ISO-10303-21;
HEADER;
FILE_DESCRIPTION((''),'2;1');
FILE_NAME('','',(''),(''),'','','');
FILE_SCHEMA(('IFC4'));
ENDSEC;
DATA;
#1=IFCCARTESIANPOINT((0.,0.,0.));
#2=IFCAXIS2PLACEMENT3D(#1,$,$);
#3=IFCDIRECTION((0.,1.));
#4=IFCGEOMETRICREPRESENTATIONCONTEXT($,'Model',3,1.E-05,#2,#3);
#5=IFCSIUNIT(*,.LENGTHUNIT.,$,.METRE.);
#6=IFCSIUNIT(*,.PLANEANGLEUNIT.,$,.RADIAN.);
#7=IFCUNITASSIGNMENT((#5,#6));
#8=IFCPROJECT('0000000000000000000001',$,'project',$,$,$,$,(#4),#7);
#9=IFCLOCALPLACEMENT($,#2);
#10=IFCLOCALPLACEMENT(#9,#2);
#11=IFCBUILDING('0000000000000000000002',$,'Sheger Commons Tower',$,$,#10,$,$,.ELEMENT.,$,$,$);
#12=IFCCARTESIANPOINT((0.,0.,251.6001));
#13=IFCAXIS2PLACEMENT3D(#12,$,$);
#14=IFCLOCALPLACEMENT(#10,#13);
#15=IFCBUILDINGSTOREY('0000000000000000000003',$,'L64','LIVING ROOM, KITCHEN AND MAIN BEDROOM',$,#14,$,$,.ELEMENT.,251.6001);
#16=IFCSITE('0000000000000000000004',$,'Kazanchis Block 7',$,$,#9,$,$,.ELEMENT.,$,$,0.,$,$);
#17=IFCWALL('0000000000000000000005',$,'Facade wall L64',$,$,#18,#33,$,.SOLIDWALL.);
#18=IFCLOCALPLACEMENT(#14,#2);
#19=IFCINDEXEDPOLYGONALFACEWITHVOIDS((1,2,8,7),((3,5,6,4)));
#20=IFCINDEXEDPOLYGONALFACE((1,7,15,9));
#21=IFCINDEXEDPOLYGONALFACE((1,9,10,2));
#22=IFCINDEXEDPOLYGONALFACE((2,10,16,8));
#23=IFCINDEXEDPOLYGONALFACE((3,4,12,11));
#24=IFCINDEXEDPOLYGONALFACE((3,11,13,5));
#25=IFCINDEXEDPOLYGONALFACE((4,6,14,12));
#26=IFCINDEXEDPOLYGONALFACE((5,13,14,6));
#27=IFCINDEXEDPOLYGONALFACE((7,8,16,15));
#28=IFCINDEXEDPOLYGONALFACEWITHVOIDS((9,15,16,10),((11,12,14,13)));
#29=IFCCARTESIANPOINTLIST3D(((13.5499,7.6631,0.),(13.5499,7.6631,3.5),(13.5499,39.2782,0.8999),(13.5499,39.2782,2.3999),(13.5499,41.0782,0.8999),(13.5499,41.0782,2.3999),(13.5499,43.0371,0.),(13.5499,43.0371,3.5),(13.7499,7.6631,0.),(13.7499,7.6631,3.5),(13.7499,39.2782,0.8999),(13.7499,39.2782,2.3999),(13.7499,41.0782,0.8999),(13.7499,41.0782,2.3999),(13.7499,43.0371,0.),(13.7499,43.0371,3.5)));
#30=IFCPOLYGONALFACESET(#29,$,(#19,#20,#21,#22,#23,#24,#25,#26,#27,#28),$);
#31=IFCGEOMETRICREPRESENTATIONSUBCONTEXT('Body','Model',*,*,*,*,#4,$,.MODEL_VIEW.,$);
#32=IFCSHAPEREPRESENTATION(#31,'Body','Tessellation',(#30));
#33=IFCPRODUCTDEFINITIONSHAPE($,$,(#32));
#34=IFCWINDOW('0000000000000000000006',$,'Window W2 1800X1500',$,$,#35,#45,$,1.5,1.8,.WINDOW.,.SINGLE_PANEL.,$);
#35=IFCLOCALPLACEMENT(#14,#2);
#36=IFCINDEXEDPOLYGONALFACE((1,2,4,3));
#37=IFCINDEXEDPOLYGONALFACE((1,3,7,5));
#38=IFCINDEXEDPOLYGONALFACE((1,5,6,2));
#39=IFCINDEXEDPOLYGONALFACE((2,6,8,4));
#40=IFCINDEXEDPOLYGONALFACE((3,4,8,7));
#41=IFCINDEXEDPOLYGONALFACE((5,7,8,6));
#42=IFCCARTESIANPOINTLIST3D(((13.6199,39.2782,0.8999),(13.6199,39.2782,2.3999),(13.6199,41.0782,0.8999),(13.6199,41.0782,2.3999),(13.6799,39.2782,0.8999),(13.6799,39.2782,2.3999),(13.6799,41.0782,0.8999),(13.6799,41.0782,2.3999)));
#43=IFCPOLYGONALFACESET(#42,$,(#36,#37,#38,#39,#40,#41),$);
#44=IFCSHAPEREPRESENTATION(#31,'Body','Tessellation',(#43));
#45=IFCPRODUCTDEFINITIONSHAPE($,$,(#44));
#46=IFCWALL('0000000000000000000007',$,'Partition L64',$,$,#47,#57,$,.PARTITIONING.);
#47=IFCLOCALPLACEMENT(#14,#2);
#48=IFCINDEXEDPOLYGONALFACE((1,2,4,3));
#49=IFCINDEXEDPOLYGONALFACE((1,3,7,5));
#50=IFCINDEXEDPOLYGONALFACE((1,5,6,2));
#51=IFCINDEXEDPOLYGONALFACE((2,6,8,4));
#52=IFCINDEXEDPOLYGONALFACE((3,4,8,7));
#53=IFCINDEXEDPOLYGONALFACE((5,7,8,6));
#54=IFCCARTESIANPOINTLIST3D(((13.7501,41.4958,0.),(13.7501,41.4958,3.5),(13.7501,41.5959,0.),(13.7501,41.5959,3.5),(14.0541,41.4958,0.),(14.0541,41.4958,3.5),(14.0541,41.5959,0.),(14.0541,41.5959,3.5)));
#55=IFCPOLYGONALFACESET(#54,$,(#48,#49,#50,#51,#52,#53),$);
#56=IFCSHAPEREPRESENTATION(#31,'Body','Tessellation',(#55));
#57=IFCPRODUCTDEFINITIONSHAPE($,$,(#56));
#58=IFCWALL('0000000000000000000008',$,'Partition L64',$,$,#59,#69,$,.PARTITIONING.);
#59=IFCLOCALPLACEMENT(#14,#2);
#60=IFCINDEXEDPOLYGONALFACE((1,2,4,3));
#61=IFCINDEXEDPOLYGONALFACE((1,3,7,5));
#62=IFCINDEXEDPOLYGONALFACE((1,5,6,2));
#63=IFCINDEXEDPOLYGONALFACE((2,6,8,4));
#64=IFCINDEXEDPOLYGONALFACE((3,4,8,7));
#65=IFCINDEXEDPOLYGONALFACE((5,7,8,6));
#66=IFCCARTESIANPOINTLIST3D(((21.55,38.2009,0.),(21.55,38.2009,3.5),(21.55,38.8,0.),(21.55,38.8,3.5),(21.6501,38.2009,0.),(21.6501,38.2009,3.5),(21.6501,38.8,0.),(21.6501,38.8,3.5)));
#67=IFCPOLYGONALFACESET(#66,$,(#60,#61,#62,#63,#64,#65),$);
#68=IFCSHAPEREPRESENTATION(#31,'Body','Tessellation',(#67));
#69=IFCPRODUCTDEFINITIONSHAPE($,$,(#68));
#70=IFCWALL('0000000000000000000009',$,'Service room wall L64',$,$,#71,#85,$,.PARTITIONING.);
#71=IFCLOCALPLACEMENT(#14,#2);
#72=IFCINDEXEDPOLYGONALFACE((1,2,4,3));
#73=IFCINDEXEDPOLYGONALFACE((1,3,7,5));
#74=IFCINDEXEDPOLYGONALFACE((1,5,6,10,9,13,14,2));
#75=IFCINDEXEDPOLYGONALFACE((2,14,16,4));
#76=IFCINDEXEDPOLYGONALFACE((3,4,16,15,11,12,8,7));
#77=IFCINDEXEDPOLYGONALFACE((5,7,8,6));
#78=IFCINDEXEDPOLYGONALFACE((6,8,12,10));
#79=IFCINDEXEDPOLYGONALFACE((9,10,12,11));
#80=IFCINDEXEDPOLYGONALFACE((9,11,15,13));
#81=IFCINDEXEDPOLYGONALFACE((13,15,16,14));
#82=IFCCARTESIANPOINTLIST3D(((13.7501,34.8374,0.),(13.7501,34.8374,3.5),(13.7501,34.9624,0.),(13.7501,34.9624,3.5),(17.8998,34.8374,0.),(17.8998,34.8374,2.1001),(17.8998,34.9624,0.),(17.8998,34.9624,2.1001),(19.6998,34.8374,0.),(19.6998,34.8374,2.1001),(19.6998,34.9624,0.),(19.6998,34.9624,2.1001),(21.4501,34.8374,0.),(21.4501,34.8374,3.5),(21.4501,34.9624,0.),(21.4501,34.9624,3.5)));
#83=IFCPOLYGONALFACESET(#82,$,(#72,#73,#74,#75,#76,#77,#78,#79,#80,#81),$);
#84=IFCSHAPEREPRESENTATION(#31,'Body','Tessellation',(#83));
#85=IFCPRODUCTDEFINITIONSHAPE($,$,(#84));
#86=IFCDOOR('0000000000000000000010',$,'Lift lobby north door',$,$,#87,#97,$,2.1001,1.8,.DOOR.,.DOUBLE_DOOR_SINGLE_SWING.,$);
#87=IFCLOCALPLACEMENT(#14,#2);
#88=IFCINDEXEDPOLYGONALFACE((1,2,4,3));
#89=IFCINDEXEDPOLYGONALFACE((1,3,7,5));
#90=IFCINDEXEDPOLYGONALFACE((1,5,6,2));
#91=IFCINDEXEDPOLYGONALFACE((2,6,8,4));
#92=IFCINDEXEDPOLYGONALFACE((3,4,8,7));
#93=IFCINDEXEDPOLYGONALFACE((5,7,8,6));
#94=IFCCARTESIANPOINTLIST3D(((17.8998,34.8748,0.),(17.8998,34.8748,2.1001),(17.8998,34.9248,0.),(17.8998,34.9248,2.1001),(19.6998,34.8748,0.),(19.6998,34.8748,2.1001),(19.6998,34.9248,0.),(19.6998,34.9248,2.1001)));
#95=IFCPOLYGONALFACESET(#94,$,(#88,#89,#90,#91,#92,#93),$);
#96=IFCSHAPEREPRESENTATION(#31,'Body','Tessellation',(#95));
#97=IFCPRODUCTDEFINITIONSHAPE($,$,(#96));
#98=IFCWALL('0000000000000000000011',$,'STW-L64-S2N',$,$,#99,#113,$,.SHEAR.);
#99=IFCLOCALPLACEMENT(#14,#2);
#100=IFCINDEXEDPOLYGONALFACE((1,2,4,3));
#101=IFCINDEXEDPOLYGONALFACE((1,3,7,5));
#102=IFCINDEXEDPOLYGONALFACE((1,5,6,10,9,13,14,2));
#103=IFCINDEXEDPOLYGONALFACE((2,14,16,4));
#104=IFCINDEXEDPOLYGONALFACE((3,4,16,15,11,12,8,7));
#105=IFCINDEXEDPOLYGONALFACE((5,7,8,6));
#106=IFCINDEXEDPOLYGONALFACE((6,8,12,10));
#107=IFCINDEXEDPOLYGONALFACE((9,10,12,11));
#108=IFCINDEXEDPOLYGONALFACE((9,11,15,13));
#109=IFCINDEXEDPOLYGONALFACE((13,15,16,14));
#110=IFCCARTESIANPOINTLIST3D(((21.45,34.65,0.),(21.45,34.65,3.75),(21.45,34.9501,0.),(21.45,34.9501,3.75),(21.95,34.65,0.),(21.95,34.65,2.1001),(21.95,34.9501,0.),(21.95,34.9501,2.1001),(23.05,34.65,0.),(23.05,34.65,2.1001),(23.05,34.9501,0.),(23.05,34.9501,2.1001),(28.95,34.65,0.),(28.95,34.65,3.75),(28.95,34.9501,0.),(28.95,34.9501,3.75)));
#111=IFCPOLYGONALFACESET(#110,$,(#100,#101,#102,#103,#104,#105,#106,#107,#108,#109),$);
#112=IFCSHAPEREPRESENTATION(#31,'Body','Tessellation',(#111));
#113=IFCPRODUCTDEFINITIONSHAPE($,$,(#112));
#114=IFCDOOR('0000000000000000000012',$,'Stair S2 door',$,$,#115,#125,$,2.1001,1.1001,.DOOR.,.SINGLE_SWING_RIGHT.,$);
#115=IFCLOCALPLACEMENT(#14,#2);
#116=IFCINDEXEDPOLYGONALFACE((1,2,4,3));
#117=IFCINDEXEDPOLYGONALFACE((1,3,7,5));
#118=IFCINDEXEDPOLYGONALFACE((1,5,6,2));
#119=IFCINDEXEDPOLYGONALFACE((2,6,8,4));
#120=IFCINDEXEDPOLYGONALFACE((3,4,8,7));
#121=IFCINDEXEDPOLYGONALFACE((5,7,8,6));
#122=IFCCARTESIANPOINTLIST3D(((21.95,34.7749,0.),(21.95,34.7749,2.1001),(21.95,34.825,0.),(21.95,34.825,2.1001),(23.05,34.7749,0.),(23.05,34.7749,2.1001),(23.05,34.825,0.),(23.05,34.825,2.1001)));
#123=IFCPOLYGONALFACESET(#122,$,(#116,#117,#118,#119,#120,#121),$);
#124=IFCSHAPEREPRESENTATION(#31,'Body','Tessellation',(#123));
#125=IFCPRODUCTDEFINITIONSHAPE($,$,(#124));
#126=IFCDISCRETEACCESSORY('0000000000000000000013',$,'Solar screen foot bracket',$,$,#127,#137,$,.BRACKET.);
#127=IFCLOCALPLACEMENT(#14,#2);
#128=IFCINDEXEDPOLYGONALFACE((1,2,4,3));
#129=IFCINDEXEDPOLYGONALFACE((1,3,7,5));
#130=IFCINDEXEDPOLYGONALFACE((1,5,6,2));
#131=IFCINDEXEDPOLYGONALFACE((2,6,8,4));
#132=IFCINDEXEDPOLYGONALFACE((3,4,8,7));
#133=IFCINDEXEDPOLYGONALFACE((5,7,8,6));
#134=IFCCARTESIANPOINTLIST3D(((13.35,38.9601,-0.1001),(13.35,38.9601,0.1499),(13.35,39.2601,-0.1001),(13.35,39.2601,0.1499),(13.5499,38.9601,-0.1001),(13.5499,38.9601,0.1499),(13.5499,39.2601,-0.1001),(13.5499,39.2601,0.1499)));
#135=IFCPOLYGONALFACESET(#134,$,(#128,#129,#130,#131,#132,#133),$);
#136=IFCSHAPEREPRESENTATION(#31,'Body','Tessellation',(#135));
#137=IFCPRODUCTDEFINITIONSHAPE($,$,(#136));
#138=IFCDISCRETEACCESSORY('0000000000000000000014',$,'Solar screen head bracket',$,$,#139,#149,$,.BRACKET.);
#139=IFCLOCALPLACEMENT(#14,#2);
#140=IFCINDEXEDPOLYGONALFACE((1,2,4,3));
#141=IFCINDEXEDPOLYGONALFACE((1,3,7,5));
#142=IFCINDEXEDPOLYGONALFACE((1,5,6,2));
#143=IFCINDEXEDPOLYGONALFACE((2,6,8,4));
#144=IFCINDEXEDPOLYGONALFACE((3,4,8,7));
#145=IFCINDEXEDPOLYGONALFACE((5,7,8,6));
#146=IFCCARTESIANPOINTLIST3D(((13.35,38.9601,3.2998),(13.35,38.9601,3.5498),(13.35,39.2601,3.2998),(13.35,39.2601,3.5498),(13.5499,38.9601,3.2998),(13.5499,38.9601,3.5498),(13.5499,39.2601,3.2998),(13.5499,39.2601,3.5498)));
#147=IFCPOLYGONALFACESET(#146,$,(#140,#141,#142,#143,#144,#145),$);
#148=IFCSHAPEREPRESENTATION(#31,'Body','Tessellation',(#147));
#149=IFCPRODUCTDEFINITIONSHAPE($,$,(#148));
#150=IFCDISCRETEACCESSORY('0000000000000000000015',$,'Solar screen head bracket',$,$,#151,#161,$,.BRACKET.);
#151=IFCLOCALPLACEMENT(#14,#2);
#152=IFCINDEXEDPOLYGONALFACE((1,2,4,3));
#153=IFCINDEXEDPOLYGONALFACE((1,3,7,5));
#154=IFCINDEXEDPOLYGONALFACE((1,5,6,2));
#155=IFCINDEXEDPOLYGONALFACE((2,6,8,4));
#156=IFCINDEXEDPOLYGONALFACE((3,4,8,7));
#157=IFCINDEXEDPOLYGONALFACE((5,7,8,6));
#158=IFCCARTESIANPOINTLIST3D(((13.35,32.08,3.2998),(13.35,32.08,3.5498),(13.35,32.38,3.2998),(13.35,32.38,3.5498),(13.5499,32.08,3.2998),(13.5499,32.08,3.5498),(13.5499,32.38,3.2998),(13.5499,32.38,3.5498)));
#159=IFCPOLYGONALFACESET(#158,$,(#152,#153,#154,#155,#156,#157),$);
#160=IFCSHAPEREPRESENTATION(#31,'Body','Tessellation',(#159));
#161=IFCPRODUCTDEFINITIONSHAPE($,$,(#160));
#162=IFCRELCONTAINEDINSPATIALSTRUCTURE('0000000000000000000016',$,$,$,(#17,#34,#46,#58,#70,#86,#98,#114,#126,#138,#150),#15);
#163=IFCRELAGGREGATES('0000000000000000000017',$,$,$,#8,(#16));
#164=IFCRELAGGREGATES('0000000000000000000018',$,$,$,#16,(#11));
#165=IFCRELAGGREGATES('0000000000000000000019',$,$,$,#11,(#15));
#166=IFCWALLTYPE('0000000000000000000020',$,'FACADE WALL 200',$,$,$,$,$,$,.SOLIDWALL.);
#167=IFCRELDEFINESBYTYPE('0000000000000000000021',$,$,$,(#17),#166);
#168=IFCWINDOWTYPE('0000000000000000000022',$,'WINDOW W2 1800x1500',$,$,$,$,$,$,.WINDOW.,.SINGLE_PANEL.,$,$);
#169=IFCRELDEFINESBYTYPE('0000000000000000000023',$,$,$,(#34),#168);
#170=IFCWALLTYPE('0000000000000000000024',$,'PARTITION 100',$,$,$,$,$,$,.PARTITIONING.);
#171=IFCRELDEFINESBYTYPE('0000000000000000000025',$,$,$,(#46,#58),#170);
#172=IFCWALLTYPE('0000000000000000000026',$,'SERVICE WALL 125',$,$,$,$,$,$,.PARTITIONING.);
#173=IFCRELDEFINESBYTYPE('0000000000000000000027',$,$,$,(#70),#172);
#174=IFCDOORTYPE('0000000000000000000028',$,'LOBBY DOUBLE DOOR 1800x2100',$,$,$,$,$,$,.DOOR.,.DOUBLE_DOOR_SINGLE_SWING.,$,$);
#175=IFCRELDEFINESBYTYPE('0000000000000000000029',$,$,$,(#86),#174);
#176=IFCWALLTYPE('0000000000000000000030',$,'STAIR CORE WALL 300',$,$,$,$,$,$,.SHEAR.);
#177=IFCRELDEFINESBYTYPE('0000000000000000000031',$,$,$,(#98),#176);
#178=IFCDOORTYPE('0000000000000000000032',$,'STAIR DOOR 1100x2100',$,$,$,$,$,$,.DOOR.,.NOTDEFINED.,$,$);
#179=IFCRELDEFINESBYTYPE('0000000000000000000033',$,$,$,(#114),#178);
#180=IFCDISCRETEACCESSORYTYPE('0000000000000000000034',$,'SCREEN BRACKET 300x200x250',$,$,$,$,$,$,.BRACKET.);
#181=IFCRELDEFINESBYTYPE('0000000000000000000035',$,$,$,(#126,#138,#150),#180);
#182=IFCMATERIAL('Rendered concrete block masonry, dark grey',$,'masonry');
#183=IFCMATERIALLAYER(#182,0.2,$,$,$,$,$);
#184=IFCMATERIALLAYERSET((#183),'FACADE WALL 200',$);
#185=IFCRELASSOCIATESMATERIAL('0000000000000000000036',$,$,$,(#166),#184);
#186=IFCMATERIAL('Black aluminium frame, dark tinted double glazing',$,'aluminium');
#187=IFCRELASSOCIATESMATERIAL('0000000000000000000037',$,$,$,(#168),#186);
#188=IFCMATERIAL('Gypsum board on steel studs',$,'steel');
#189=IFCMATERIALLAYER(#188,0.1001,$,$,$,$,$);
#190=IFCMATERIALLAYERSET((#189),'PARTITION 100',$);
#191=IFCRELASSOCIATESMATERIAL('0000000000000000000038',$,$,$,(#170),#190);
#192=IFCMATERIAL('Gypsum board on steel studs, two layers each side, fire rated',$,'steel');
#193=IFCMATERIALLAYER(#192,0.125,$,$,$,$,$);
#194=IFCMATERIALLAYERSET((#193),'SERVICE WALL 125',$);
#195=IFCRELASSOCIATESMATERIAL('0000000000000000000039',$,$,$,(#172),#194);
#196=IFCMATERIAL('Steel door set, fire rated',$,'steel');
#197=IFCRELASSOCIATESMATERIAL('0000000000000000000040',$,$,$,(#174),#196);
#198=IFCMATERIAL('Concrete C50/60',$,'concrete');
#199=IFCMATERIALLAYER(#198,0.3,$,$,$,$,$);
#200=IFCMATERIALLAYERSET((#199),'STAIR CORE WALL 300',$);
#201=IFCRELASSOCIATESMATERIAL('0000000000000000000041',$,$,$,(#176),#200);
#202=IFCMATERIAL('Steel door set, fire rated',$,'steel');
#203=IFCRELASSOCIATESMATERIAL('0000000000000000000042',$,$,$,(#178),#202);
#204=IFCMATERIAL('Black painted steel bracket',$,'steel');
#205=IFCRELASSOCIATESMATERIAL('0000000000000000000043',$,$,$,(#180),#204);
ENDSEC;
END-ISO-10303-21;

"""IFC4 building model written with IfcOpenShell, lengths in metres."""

from ifc_helpers import new_model, si_unit, direction, frame, frame_2d, origin, origin_2d, place, context, subcontext, project, spatial, rectangle, extrude, material, layer, layer_set, type_object, element, fill, save


model = new_model("IFC4")

# Units and contexts
model_context = context("Model", 3, precision=1e-05, world=origin(), true_north=direction((0.0, 1.0)))
body_context = subcontext(model_context, "Body", "Model", "MODEL_VIEW")
ifc_project = project(units=[si_unit("LENGTHUNIT", "METRE"), si_unit("PLANEANGLEUNIT", "RADIAN")], contexts=[model_context])

# Site, building, storey
site_placement = place(None, origin())
site = spatial("IfcSite", under=ifc_project, at=site_placement, Name="Kazanchis Block 7", CompositionType="ELEMENT", RefElevation=0.0)
building_placement = place(site_placement, origin())
building = spatial("IfcBuilding", under=site, at=building_placement, Name="Sheger Commons Tower", CompositionType="ELEMENT")
storey_placement = place(building_placement, frame((0.0, 0.0, 251.6001)))
storey = spatial("IfcBuildingStorey", under=building, at=storey_placement, Name="L64", Description="LIVING ROOM, KITCHEN AND MAIN BEDROOM", CompositionType="ELEMENT", Elevation=251.6001)

# Shared definitions
ifc_material_1 = material(Name="Rendered concrete block masonry, dark grey", Category="masonry")
ifc_layer_1 = layer(ifc_material_1, 0.2)
ifc_layer_set_1 = layer_set([ifc_layer_1], Name="FACADE WALL 200")
wall_type_1 = type_object("IfcWallType", Name="FACADE WALL 200", PredefinedType="SOLIDWALL", material=ifc_layer_set_1)

# Wall, opening, window
wall_1_placement = place(storey_placement, frame((13.6499, 43.0371, 0.0), z_axis=(0.0, 0.0, 1.0), x_axis=(0.0, -1.0, 0.0)))
wall_1 = element("IfcWall", 1, at=wall_1_placement, inside=storey, type_object=wall_type_1, Name="Facade wall L64", PredefinedType="SOLIDWALL", context=body_context, shape_type="SweptSolid", body=[
    extrude(rectangle(XDim=35.374, YDim=0.2, at=frame_2d((17.687, 0.0))), origin(), (0.0, 0.0, 1.0), 3.5),
])
opening_1_placement = place(wall_1_placement, frame((1.959, 0.0, 0.8999)))
opening_1 = element("IfcOpeningElement", 2, at=opening_1_placement, cuts=wall_1, PredefinedType="OPENING", context=body_context, shape_type="SweptSolid", body=[
    extrude(rectangle(XDim=1.8, YDim=1.5, at=frame_2d((0.8999, 0.75))), frame((0.0, 0.1099, 0.0), z_axis=(0.0, -1.0, 0.0), x_axis=(1.0, 0.0, 0.0)), (0.0, 0.0, 1.0), 0.22),
])
ifc_material_2 = material(Name="Black aluminium frame, dark tinted double glazing", Category="aluminium")
window_type = type_object("IfcWindowType", Name="WINDOW W2 1800x1500", PartitioningType="SINGLE_PANEL", PredefinedType="WINDOW", material=ifc_material_2)
window_placement = place(opening_1_placement, origin())
window = element("IfcWindow", 3, at=window_placement, inside=storey, type_object=window_type, Name="Window W2 1800X1500", OverallHeight=1.5, OverallWidth=1.8, PartitioningType="SINGLE_PANEL", PredefinedType="WINDOW", context=body_context, shape_type="SweptSolid", body=[
    extrude(rectangle(XDim=1.8, YDim=1.5, at=frame_2d((0.8999, 0.75))), frame((0.0, 0.03, 0.0), z_axis=(0.0, -1.0, 0.0), x_axis=(1.0, 0.0, 0.0)), (0.0, 0.0, 1.0), 0.0601),
])
fill(opening_1, window)

# Walls
ifc_material_3 = material(Name="Gypsum board on steel studs", Category="steel")
ifc_layer_2 = layer(ifc_material_3, 0.1001)
ifc_layer_set_2 = layer_set([ifc_layer_2], Name="PARTITION 100")
wall_type_2 = type_object("IfcWallType", Name="PARTITION 100", PredefinedType="PARTITIONING", material=ifc_layer_set_2)
wall_2_placement = place(storey_placement, frame((14.054, 41.5459, 0.0), z_axis=(0.0, 0.0, 1.0), x_axis=(-1.0, 0.0, 0.0)))
element("IfcWall", 4, at=wall_2_placement, inside=storey, type_object=wall_type_2, Name="Partition L64", PredefinedType="PARTITIONING", context=body_context, shape_type="SweptSolid", body=[
    extrude(rectangle(XDim=0.304, YDim=0.1001, at=frame_2d((0.1519, 0.0))), origin(), (0.0, 0.0, 1.0), 3.5),
])
wall_3_placement = place(storey_placement, frame((21.6001, 38.2009, 0.0), z_axis=(0.0, 0.0, 1.0), x_axis=(0.0, 1.0, 0.0)))
element("IfcWall", 5, at=wall_3_placement, inside=storey, type_object=wall_type_2, Name="Partition L64", PredefinedType="PARTITIONING", context=body_context, shape_type="SweptSolid", body=[
    extrude(rectangle(XDim=0.5991, YDim=0.1001, at=frame_2d((0.2996, 0.0))), origin(), (0.0, 0.0, 1.0), 3.5),
])

# Walls, openings, doors
ifc_material_4 = material(Name="Gypsum board on steel studs, two layers each side, fire rated", Category="steel")
ifc_layer_3 = layer(ifc_material_4, 0.125)
ifc_layer_set_3 = layer_set([ifc_layer_3], Name="SERVICE WALL 125")
wall_type_3 = type_object("IfcWallType", Name="SERVICE WALL 125", PredefinedType="PARTITIONING", material=ifc_layer_set_3)
wall_4_placement = place(storey_placement, frame((13.75, 34.8999, 0.0), z_axis=(0.0, 0.0, 1.0), x_axis=(1.0, 0.0, 0.0)))
wall_4 = element("IfcWall", 6, at=wall_4_placement, inside=storey, type_object=wall_type_3, Name="Service room wall L64", PredefinedType="PARTITIONING", context=body_context, shape_type="SweptSolid", body=[
    extrude(rectangle(XDim=7.7, YDim=0.125, at=frame_2d((3.8501, 0.0))), origin(), (0.0, 0.0, 1.0), 3.5),
])
opening_2_placement = place(wall_4_placement, frame((4.1499, 0.0, 0.0)))
opening_2 = element("IfcOpeningElement", 7, at=opening_2_placement, cuts=wall_4, PredefinedType="OPENING", context=body_context, shape_type="SweptSolid", body=[
    extrude(rectangle(XDim=1.8, YDim=2.1001, at=frame_2d((0.8999, 1.05))), frame((0.0, 0.0725, 0.0), z_axis=(0.0, -1.0, 0.0), x_axis=(1.0, 0.0, 0.0)), (0.0, 0.0, 1.0), 0.145),
])
ifc_material_5 = material(Name="Steel door set, fire rated", Category="steel")
door_type_1 = type_object("IfcDoorType", Name="LOBBY DOUBLE DOOR 1800x2100", OperationType="DOUBLE_DOOR_SINGLE_SWING", PredefinedType="DOOR", material=ifc_material_5)
door_1_placement = place(opening_2_placement, origin())
door_1 = element("IfcDoor", 8, at=door_1_placement, inside=storey, type_object=door_type_1, Name="Lift lobby north door", OperationType="DOUBLE_DOOR_SINGLE_SWING", OverallHeight=2.1001, OverallWidth=1.8, PredefinedType="DOOR", context=body_context, shape_type="SweptSolid", body=[
    extrude(rectangle(XDim=1.8, YDim=2.1001, at=frame_2d((0.8999, 1.05))), frame((0.0, 0.0249, 0.0), z_axis=(0.0, -1.0, 0.0), x_axis=(1.0, 0.0, 0.0)), (0.0, 0.0, 1.0), 0.05),
])
fill(opening_2, door_1)
ifc_material_6 = material(Name="Concrete C50/60", Category="concrete")
ifc_layer_4 = layer(ifc_material_6, 0.3)
ifc_layer_set_4 = layer_set([ifc_layer_4], Name="STAIR CORE WALL 300")
wall_type_4 = type_object("IfcWallType", Name="STAIR CORE WALL 300", PredefinedType="SHEAR", material=ifc_layer_set_4)
wall_5_placement = place(storey_placement, frame((21.45, 34.8, 0.0), z_axis=(0.0, 0.0, 1.0), x_axis=(1.0, 0.0, 0.0)))
wall_5 = element("IfcWall", 9, at=wall_5_placement, inside=storey, type_object=wall_type_4, Name="STW-L64-S2N", PredefinedType="SHEAR", context=body_context, shape_type="SweptSolid", body=[
    extrude(rectangle(XDim=7.5, YDim=0.3, at=frame_2d((3.75, 0.0))), origin(), (0.0, 0.0, 1.0), 3.75),
])
opening_3_placement = place(wall_5_placement, frame((0.5, 0.0, 0.0)))
opening_3 = element("IfcOpeningElement", 10, at=opening_3_placement, cuts=wall_5, PredefinedType="OPENING", context=body_context, shape_type="SweptSolid", body=[
    extrude(rectangle(XDim=1.1001, YDim=2.1001, at=frame_2d((0.55, 1.05))), frame((0.0, 0.1599, 0.0), z_axis=(0.0, -1.0, 0.0), x_axis=(1.0, 0.0, 0.0)), (0.0, 0.0, 1.0), 0.3201),
])
ifc_material_7 = material(Name="Steel door set, fire rated", Category="steel")
door_type_2 = type_object("IfcDoorType", Name="STAIR DOOR 1100x2100", OperationType="NOTDEFINED", PredefinedType="DOOR", material=ifc_material_7)
door_2_placement = place(opening_3_placement, origin())
door_2 = element("IfcDoor", 11, at=door_2_placement, inside=storey, type_object=door_type_2, Name="Stair S2 door", OperationType="SINGLE_SWING_RIGHT", OverallHeight=2.1001, OverallWidth=1.1001, PredefinedType="DOOR", context=body_context, shape_type="SweptSolid", body=[
    extrude(rectangle(XDim=1.1001, YDim=2.1001, at=frame_2d((0.55, 1.05))), frame((0.0, 0.0249, 0.0), z_axis=(0.0, -1.0, 0.0), x_axis=(1.0, 0.0, 0.0)), (0.0, 0.0, 1.0), 0.05),
])
fill(opening_3, door_2)

# Discrete accessories
ifc_material_8 = material(Name="Black painted steel bracket", Category="steel")
discrete_accessory_type = type_object("IfcDiscreteAccessoryType", Name="SCREEN BRACKET 300x200x250", PredefinedType="BRACKET", material=ifc_material_8)
for number, where, z_axis, x_axis, name in (
    (12, (13.45, 39.1101, -0.1001), (0.0, 0.0, 1.0), (0.0, -1.0, 0.0), "Solar screen foot bracket"),
    (13, (13.45, 39.1101, 3.2998), (0.0, 0.0, 1.0), (0.0, -1.0, 0.0), "Solar screen head bracket"),
    (14, (13.45, 32.23, 3.2998), (0.0, 0.0, 1.0), (0.0, -1.0, 0.0), "Solar screen head bracket"),
):
    element("IfcDiscreteAccessory", number, at=place(storey_placement, frame(where, z_axis=z_axis, x_axis=x_axis)), inside=storey, type_object=discrete_accessory_type, Name=name, PredefinedType="BRACKET", context=body_context, shape_type="SweptSolid", body=[
        extrude(rectangle(XDim=0.3, YDim=0.2, at=origin_2d()), origin(), (0.0, 0.0, 1.0), 0.25),
    ])

save(model, "model.ifc")
